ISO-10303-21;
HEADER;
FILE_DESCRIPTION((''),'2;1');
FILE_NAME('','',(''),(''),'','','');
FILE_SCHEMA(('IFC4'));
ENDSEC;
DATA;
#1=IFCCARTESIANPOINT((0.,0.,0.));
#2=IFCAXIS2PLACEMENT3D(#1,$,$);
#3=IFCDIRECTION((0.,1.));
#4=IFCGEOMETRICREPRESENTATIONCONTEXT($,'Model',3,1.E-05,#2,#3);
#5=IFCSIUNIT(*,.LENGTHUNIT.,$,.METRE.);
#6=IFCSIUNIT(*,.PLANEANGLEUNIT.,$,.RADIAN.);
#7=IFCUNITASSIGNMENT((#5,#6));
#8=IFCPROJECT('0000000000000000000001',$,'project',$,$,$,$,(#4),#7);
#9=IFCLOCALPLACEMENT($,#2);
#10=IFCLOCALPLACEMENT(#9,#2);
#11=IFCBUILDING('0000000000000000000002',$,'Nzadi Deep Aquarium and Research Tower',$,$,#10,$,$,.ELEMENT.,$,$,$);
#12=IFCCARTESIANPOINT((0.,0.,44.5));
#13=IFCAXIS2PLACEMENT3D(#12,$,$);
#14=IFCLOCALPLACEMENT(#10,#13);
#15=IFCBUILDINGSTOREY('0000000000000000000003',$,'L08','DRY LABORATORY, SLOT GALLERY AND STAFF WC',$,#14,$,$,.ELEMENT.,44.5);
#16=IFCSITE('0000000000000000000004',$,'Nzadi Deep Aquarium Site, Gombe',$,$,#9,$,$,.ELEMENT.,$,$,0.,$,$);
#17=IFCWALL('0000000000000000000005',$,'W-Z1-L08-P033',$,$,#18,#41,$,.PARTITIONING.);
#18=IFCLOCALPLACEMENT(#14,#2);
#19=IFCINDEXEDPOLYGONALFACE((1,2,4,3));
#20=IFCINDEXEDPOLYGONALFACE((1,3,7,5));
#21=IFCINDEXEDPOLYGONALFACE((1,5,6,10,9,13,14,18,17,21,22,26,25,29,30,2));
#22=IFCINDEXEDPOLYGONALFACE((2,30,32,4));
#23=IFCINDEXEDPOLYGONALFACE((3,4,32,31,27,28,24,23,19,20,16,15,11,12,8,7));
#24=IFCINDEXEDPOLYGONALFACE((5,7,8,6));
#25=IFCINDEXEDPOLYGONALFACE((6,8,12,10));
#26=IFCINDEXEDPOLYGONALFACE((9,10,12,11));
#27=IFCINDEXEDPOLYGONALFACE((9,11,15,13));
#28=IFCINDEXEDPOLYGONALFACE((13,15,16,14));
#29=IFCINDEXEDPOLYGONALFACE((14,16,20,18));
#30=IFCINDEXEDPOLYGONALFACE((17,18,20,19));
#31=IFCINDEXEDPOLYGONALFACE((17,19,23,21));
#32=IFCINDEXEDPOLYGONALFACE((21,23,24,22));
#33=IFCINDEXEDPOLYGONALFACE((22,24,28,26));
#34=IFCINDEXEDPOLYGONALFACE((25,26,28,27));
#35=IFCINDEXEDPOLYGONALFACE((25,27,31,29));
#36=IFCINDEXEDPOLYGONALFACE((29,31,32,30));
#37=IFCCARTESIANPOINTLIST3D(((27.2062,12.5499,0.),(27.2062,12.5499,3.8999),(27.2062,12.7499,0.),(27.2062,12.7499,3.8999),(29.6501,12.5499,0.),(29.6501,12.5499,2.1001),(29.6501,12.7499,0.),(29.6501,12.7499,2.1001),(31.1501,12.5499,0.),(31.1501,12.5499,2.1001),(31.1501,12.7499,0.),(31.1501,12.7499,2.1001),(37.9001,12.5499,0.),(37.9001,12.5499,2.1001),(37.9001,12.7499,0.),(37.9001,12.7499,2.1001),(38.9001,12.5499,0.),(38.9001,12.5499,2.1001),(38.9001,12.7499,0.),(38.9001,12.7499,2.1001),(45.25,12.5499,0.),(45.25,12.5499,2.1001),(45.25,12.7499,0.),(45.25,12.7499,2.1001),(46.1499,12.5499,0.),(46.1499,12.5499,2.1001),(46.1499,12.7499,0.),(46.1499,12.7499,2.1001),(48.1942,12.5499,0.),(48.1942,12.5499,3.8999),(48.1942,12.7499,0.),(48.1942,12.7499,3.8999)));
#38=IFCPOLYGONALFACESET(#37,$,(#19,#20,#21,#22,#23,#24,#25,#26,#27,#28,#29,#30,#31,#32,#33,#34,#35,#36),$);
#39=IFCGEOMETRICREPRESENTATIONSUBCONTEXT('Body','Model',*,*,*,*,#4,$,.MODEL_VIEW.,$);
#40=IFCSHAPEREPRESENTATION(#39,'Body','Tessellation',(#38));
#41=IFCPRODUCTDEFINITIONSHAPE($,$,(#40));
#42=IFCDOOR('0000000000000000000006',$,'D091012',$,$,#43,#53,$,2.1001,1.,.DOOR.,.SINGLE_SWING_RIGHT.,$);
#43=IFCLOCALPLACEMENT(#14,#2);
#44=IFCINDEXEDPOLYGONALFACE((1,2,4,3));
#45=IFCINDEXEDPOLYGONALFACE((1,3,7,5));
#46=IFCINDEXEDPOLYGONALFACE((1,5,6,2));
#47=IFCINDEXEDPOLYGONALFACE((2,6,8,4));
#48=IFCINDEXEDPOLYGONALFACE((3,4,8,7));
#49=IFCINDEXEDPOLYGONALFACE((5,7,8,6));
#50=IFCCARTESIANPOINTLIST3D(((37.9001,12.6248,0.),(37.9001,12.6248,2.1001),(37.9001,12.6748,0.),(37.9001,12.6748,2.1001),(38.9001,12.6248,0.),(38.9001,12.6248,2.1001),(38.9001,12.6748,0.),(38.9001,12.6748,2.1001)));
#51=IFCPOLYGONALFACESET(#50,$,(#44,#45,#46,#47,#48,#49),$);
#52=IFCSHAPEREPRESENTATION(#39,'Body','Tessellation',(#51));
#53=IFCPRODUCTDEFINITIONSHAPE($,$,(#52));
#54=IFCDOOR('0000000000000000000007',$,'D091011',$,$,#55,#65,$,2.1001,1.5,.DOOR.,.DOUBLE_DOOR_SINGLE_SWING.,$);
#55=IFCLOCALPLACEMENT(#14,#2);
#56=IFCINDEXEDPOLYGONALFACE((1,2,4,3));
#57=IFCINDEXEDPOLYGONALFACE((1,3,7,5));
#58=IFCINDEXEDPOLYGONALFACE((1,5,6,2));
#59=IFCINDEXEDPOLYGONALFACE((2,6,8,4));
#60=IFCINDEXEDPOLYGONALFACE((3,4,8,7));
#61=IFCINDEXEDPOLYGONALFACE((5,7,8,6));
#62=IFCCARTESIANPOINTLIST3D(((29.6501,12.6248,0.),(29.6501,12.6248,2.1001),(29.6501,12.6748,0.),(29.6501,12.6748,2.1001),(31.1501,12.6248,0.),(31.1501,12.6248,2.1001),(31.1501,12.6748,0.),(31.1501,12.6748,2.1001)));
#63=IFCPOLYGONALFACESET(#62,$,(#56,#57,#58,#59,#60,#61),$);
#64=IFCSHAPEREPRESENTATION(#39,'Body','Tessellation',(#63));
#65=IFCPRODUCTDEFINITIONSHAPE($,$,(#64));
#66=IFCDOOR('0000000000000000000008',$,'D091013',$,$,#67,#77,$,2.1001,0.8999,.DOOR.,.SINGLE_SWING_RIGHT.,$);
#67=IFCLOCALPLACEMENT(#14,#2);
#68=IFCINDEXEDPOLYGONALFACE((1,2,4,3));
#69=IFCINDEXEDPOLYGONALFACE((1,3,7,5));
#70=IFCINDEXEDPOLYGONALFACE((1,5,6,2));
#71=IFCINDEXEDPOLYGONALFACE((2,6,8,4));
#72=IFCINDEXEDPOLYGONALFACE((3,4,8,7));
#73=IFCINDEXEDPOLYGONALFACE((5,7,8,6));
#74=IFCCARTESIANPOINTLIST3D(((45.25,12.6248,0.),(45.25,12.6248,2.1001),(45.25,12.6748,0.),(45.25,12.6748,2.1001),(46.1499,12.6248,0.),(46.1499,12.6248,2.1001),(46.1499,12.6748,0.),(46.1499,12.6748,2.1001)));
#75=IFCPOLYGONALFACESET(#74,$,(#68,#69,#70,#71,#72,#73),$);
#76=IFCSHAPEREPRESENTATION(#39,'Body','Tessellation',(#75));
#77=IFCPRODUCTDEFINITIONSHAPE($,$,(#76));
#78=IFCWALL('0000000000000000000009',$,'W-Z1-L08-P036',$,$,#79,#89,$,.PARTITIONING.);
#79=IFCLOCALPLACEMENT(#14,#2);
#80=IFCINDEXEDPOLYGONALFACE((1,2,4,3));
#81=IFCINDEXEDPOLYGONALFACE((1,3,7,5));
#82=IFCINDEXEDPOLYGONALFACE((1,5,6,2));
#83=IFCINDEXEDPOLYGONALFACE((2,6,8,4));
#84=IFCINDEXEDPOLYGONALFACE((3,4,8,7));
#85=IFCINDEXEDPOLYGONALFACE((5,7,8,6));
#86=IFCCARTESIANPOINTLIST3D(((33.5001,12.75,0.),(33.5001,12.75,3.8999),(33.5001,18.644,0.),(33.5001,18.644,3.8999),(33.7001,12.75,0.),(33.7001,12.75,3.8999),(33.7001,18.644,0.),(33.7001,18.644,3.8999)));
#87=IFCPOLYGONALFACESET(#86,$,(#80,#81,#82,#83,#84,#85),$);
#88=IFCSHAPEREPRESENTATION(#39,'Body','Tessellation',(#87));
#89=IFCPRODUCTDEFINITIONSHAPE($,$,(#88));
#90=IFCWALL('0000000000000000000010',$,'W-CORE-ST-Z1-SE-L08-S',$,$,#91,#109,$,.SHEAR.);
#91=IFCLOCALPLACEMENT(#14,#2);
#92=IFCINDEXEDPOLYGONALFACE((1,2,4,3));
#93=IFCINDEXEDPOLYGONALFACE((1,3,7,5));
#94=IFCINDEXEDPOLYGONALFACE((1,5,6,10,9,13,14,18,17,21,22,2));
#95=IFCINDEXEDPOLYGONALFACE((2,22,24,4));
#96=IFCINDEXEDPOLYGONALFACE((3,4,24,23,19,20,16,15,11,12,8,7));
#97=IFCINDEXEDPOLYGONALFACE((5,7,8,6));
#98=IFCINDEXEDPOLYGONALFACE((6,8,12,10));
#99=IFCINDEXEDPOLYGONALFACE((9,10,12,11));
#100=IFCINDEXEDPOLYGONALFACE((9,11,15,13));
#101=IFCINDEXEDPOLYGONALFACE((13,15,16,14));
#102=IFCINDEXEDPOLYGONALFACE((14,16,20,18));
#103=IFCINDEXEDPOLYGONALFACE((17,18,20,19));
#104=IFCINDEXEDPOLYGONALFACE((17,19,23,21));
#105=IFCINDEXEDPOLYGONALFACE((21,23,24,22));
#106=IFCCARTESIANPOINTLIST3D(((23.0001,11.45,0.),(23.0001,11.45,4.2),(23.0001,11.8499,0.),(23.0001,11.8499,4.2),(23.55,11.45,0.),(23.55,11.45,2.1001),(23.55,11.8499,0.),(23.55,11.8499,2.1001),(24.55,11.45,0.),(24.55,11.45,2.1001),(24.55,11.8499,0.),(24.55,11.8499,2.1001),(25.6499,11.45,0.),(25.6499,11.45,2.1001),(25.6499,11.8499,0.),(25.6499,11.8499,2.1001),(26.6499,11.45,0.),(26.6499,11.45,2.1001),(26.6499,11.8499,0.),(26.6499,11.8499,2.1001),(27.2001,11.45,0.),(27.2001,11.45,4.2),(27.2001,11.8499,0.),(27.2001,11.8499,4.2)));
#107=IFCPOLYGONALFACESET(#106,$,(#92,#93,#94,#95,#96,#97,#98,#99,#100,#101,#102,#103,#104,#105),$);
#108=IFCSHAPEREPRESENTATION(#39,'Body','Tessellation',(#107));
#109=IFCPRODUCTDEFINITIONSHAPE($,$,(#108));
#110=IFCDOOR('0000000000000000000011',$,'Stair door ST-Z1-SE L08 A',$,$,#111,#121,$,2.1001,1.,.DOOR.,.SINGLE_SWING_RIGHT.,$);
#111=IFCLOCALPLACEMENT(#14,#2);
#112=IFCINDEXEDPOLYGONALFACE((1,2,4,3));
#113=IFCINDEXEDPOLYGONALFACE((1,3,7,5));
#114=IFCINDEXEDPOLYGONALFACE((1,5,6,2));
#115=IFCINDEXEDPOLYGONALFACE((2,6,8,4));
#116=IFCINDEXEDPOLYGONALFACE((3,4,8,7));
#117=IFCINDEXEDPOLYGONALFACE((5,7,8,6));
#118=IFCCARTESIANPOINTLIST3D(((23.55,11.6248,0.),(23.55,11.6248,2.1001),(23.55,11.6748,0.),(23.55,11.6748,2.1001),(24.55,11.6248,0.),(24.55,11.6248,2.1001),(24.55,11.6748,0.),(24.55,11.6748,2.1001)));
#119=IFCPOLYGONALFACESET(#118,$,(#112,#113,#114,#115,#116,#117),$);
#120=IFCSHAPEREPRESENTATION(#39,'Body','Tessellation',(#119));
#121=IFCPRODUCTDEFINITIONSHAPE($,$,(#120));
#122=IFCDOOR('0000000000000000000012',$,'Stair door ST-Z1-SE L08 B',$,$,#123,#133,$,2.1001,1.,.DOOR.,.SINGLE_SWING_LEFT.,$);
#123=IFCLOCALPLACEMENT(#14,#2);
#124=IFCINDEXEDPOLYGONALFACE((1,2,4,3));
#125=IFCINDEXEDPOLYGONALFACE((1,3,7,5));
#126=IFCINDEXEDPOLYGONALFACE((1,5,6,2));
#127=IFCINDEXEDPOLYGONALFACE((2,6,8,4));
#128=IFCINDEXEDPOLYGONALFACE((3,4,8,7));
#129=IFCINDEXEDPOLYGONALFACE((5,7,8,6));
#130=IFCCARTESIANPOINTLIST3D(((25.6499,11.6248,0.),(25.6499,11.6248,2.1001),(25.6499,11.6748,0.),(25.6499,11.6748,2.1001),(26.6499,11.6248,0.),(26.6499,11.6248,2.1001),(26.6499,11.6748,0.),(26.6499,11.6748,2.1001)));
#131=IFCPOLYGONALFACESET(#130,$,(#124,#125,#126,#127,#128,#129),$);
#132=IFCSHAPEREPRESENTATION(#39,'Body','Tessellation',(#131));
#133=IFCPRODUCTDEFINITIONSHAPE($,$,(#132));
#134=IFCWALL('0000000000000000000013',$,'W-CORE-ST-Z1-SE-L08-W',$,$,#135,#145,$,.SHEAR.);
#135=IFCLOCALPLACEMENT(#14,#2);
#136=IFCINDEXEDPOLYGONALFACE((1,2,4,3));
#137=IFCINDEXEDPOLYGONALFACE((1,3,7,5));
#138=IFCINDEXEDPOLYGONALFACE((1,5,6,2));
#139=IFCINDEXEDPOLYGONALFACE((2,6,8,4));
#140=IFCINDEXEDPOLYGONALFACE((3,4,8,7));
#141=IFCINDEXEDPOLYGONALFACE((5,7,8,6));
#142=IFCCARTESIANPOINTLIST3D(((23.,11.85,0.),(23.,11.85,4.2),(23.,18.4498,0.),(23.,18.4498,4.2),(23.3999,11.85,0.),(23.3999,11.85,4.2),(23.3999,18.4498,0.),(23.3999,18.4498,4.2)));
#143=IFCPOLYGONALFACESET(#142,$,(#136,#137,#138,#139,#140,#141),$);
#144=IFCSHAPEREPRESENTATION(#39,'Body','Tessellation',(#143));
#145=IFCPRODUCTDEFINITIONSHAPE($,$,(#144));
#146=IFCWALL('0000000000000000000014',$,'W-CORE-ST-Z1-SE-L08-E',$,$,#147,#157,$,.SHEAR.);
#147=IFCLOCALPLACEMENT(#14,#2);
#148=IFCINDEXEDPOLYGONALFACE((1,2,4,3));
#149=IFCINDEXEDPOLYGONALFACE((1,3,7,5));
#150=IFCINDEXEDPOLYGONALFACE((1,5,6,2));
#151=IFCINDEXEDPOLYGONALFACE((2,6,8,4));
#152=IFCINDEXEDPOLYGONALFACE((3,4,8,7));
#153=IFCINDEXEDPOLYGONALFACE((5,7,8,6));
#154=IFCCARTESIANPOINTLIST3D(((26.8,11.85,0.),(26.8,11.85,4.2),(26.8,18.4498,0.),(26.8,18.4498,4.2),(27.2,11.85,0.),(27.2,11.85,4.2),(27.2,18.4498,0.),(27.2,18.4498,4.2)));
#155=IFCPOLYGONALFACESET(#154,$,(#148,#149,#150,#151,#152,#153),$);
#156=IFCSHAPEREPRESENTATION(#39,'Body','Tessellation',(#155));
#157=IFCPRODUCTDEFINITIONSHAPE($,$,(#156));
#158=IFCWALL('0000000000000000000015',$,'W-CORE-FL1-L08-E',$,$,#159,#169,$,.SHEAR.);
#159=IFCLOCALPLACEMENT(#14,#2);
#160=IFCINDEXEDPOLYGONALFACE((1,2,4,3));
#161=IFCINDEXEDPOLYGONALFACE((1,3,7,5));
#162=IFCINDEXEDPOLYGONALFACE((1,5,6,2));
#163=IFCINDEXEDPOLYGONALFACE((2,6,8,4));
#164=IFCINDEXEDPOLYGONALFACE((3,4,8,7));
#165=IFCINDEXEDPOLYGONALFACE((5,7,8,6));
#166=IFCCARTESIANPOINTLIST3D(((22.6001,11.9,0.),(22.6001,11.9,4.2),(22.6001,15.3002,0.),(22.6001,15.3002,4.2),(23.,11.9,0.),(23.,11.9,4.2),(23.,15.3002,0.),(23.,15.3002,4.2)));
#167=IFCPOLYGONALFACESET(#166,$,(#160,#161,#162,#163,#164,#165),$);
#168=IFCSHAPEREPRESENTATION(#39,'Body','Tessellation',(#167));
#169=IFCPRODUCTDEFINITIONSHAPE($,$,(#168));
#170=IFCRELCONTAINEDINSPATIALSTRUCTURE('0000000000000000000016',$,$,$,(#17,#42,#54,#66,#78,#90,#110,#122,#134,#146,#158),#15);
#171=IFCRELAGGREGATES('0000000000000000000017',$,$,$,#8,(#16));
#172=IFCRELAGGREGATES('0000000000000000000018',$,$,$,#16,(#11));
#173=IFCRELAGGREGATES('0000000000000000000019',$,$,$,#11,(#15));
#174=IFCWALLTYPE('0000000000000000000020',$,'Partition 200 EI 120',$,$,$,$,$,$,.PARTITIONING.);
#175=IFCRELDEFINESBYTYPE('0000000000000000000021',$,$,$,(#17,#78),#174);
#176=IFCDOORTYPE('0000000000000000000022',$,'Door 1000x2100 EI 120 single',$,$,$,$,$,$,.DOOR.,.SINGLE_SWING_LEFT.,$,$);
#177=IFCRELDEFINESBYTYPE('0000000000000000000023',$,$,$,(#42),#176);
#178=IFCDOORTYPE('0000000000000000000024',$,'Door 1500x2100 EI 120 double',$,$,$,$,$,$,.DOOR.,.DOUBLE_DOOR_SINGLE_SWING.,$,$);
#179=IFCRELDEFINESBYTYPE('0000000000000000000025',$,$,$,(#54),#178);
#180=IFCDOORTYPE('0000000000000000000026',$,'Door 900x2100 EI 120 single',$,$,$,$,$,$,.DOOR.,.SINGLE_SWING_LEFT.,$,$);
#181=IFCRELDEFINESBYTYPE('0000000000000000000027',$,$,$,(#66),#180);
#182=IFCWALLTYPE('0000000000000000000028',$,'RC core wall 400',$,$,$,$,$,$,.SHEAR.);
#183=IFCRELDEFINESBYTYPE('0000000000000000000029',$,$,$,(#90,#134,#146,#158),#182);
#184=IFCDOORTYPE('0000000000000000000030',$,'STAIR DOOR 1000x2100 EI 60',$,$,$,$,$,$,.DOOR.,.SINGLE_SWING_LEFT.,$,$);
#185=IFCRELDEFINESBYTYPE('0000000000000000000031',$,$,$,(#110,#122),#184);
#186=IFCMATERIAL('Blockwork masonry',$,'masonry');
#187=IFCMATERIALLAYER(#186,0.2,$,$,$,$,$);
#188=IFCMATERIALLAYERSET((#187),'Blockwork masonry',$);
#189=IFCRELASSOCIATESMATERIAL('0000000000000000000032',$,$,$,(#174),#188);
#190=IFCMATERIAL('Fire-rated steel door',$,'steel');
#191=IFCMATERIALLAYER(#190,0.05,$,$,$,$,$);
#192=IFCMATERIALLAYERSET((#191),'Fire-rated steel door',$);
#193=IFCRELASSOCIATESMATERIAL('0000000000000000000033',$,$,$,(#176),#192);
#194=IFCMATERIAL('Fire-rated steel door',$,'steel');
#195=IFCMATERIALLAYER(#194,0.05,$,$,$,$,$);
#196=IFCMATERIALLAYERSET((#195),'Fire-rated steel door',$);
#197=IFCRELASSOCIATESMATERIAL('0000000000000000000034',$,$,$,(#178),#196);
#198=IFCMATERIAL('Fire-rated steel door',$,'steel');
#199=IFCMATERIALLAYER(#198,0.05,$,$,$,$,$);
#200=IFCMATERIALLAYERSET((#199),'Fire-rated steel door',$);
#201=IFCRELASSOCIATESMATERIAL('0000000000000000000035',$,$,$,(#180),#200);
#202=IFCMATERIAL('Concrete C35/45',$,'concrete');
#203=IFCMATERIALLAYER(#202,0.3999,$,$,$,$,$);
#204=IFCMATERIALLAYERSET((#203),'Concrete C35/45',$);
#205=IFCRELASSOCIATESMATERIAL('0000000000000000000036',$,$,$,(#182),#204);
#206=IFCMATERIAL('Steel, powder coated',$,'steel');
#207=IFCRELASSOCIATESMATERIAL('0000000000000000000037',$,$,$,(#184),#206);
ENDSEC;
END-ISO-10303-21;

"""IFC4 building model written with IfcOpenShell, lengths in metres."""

from ifc_helpers import new_model, si_unit, direction, frame, frame_2d, origin, place, context, subcontext, project, spatial, rectangle, extrude, material, layer, layer_set, type_object, element, fill, save


model = new_model("IFC4")

# Units and contexts
model_context = context("Model", 3, precision=1e-05, world=origin(), true_north=direction((0.0, 1.0)))
body_context = subcontext(model_context, "Body", "Model", "MODEL_VIEW")
ifc_project = project(units=[si_unit("LENGTHUNIT", "METRE"), si_unit("PLANEANGLEUNIT", "RADIAN")], contexts=[model_context])

# Site, building, storey
site_placement = place(None, origin())
site = spatial("IfcSite", under=ifc_project, at=site_placement, Name="Nzadi Deep Aquarium Site, Gombe", CompositionType="ELEMENT", RefElevation=0.0)
building_placement = place(site_placement, origin())
building = spatial("IfcBuilding", under=site, at=building_placement, Name="Nzadi Deep Aquarium and Research Tower", CompositionType="ELEMENT")
storey_placement = place(building_placement, frame((0.0, 0.0, 44.5)))
storey = spatial("IfcBuildingStorey", under=building, at=storey_placement, Name="L08", Description="DRY LABORATORY, SLOT GALLERY AND STAFF WC", CompositionType="ELEMENT", Elevation=44.5)

# Wall, openings, doors
ifc_material_1 = material(Name="Blockwork masonry", Category="masonry")
ifc_layer_1 = layer(ifc_material_1, 0.2)
ifc_layer_set_1 = layer_set([ifc_layer_1], Name="Blockwork masonry")
wall_type_1 = type_object("IfcWallType", Name="Partition 200 EI 120", PredefinedType="PARTITIONING", material=ifc_layer_set_1)
wall_1_placement = place(storey_placement, frame((27.2061, 12.6499, 0.0), z_axis=(0.0, 0.0, 1.0), x_axis=(1.0, 0.0, 0.0)))
wall_1 = element("IfcWall", 1, at=wall_1_placement, inside=storey, type_object=wall_type_1, Name="W-Z1-L08-P033", PredefinedType="PARTITIONING", context=body_context, shape_type="SweptSolid", body=[
    extrude(rectangle(XDim=20.988, YDim=0.2, at=frame_2d((10.4941, 0.0))), origin(), (0.0, 0.0, 1.0), 3.8999),
])
opening_1_placement = place(wall_1_placement, frame((2.4441, 0.0, 0.0)))
opening_1 = element("IfcOpeningElement", 2, at=opening_1_placement, cuts=wall_1, PredefinedType="OPENING", context=body_context, shape_type="SweptSolid", body=[
    extrude(rectangle(XDim=1.5, YDim=2.1001, at=frame_2d((0.75, 1.05))), frame((0.0, 0.1101, 0.0), z_axis=(0.0, -1.0, 0.0), x_axis=(1.0, 0.0, 0.0)), (0.0, 0.0, 1.0), 0.2202),
])
opening_2_placement = place(wall_1_placement, frame((10.6941, 0.0, 0.0)))
opening_2 = element("IfcOpeningElement", 3, at=opening_2_placement, cuts=wall_1, PredefinedType="OPENING", context=body_context, shape_type="SweptSolid", body=[
    extrude(rectangle(XDim=1.0, YDim=2.1001, at=frame_2d((0.5, 1.05))), frame((0.0, 0.1101, 0.0), z_axis=(0.0, -1.0, 0.0), x_axis=(1.0, 0.0, 0.0)), (0.0, 0.0, 1.0), 0.2202),
])
opening_3_placement = place(wall_1_placement, frame((18.0439, 0.0, 0.0)))
opening_3 = element("IfcOpeningElement", 4, at=opening_3_placement, cuts=wall_1, PredefinedType="OPENING", context=body_context, shape_type="SweptSolid", body=[
    extrude(rectangle(XDim=0.8999, YDim=2.1001, at=frame_2d((0.45, 1.05))), frame((0.0, 0.1101, 0.0), z_axis=(0.0, -1.0, 0.0), x_axis=(1.0, 0.0, 0.0)), (0.0, 0.0, 1.0), 0.2202),
])
ifc_material_2 = material(Name="Fire-rated steel door", Category="steel")
ifc_layer_2 = layer(ifc_material_2, 0.05)
ifc_layer_set_2 = layer_set([ifc_layer_2], Name="Fire-rated steel door")
door_type_1 = type_object("IfcDoorType", Name="Door 1000x2100 EI 120 single", OperationType="SINGLE_SWING_LEFT", PredefinedType="DOOR", material=ifc_layer_set_2)
door_1_placement = place(opening_2_placement, origin())
door_1 = element("IfcDoor", 5, at=door_1_placement, inside=storey, type_object=door_type_1, Name="D091012", OperationType="SINGLE_SWING_RIGHT", OverallHeight=2.1001, OverallWidth=1.0, PredefinedType="DOOR", context=body_context, shape_type="SweptSolid", body=[
    extrude(rectangle(XDim=1.0, YDim=2.1001, at=frame_2d((0.5, 1.05))), frame((0.0, 0.0249, 0.0), z_axis=(0.0, -1.0, 0.0), x_axis=(1.0, 0.0, 0.0)), (0.0, 0.0, 1.0), 0.05),
])
fill(opening_2, door_1)
ifc_material_3 = material(Name="Fire-rated steel door", Category="steel")
ifc_layer_3 = layer(ifc_material_3, 0.05)
ifc_layer_set_3 = layer_set([ifc_layer_3], Name="Fire-rated steel door")
door_type_2 = type_object("IfcDoorType", Name="Door 1500x2100 EI 120 double", OperationType="DOUBLE_DOOR_SINGLE_SWING", PredefinedType="DOOR", material=ifc_layer_set_3)
door_2_placement = place(opening_1_placement, origin())
door_2 = element("IfcDoor", 6, at=door_2_placement, inside=storey, type_object=door_type_2, Name="D091011", OperationType="DOUBLE_DOOR_SINGLE_SWING", OverallHeight=2.1001, OverallWidth=1.5, PredefinedType="DOOR", context=body_context, shape_type="SweptSolid", body=[
    extrude(rectangle(XDim=1.5, YDim=2.1001, at=frame_2d((0.75, 1.05))), frame((0.0, 0.0249, 0.0), z_axis=(0.0, -1.0, 0.0), x_axis=(1.0, 0.0, 0.0)), (0.0, 0.0, 1.0), 0.05),
])
fill(opening_1, door_2)
ifc_material_4 = material(Name="Fire-rated steel door", Category="steel")
ifc_layer_4 = layer(ifc_material_4, 0.05)
ifc_layer_set_4 = layer_set([ifc_layer_4], Name="Fire-rated steel door")
door_type_3 = type_object("IfcDoorType", Name="Door 900x2100 EI 120 single", OperationType="SINGLE_SWING_LEFT", PredefinedType="DOOR", material=ifc_layer_set_4)
door_3_placement = place(opening_3_placement, origin())
door_3 = element("IfcDoor", 7, at=door_3_placement, inside=storey, type_object=door_type_3, Name="D091013", OperationType="SINGLE_SWING_RIGHT", OverallHeight=2.1001, OverallWidth=0.8999, PredefinedType="DOOR", context=body_context, shape_type="SweptSolid", body=[
    extrude(rectangle(XDim=0.8999, YDim=2.1001, at=frame_2d((0.45, 1.05))), frame((0.0, 0.0249, 0.0), z_axis=(0.0, -1.0, 0.0), x_axis=(1.0, 0.0, 0.0)), (0.0, 0.0, 1.0), 0.05),
])
fill(opening_3, door_3)

# Wall
wall_2_placement = place(storey_placement, frame((33.6001, 12.75, 0.0), z_axis=(0.0, 0.0, 1.0), x_axis=(0.0, 1.0, 0.0)))
element("IfcWall", 8, at=wall_2_placement, inside=storey, type_object=wall_type_1, Name="W-Z1-L08-P036", PredefinedType="PARTITIONING", context=body_context, shape_type="SweptSolid", body=[
    extrude(rectangle(XDim=5.894, YDim=0.2, at=frame_2d((2.947, 0.0))), origin(), (0.0, 0.0, 1.0), 3.8999),
])

# Wall, openings, doors
ifc_material_5 = material(Name="Concrete C35/45", Category="concrete")
ifc_layer_5 = layer(ifc_material_5, 0.3999)
ifc_layer_set_5 = layer_set([ifc_layer_5], Name="Concrete C35/45")
wall_type_2 = type_object("IfcWallType", Name="RC core wall 400", PredefinedType="SHEAR", material=ifc_layer_set_5)
wall_3_placement = place(storey_placement, frame((23.0, 11.6499, 0.0), z_axis=(0.0, 0.0, 1.0), x_axis=(1.0, 0.0, 0.0)))
wall_3 = element("IfcWall", 9, at=wall_3_placement, inside=storey, type_object=wall_type_2, Name="W-CORE-ST-Z1-SE-L08-S", PredefinedType="SHEAR", context=body_context, shape_type="SweptSolid", body=[
    extrude(rectangle(XDim=4.2, YDim=0.3999, at=frame_2d((2.1001, 0.0))), origin(), (0.0, 0.0, 1.0), 4.2),
])
opening_4_placement = place(wall_3_placement, frame((0.55, 0.0, 0.0)))
opening_4 = element("IfcOpeningElement", 10, at=opening_4_placement, cuts=wall_3, PredefinedType="OPENING", context=body_context, shape_type="SweptSolid", body=[
    extrude(rectangle(XDim=1.0, YDim=2.1001, at=frame_2d((0.5, 1.05))), frame((0.0, 0.21, 0.0), z_axis=(0.0, -1.0, 0.0), x_axis=(1.0, 0.0, 0.0)), (0.0, 0.0, 1.0), 0.4199),
])
opening_5_placement = place(wall_3_placement, frame((2.6499, 0.0, 0.0)))
opening_5 = element("IfcOpeningElement", 11, at=opening_5_placement, cuts=wall_3, PredefinedType="OPENING", context=body_context, shape_type="SweptSolid", body=[
    extrude(rectangle(XDim=1.0, YDim=2.1001, at=frame_2d((0.5, 1.05))), frame((0.0, 0.21, 0.0), z_axis=(0.0, -1.0, 0.0), x_axis=(1.0, 0.0, 0.0)), (0.0, 0.0, 1.0), 0.4199),
])
ifc_material_6 = material(Name="Steel, powder coated", Category="steel")
door_type_4 = type_object("IfcDoorType", Name="STAIR DOOR 1000x2100 EI 60", OperationType="SINGLE_SWING_LEFT", PredefinedType="DOOR", material=ifc_material_6)
door_4_placement = place(opening_4_placement, origin())
door_4 = element("IfcDoor", 12, at=door_4_placement, inside=storey, type_object=door_type_4, Name="Stair door ST-Z1-SE L08 A", OperationType="SINGLE_SWING_RIGHT", OverallHeight=2.1001, OverallWidth=1.0, PredefinedType="DOOR", context=body_context, shape_type="SweptSolid", body=[
    extrude(rectangle(XDim=1.0, YDim=2.1001, at=frame_2d((0.5, 1.05))), frame((0.0, 0.0249, 0.0), z_axis=(0.0, -1.0, 0.0), x_axis=(1.0, 0.0, 0.0)), (0.0, 0.0, 1.0), 0.05),
])
fill(opening_4, door_4)
door_5_placement = place(opening_5_placement, origin())
door_5 = element("IfcDoor", 13, at=door_5_placement, inside=storey, type_object=door_type_4, Name="Stair door ST-Z1-SE L08 B", OperationType="SINGLE_SWING_LEFT", OverallHeight=2.1001, OverallWidth=1.0, PredefinedType="DOOR", context=body_context, shape_type="SweptSolid", body=[
    extrude(rectangle(XDim=1.0, YDim=2.1001, at=frame_2d((0.5, 1.05))), frame((0.0, 0.0249, 0.0), z_axis=(0.0, -1.0, 0.0), x_axis=(1.0, 0.0, 0.0)), (0.0, 0.0, 1.0), 0.05),
])
fill(opening_5, door_5)

# Walls
for number, where, z_axis, x_axis, name in (
    (14, (23.2, 11.8501, 0.0), (0.0, 0.0, 1.0), (0.0, 1.0, 0.0), "W-CORE-ST-Z1-SE-L08-W"),
    (15, (27.0, 11.8501, 0.0), (0.0, 0.0, 1.0), (0.0, 1.0, 0.0), "W-CORE-ST-Z1-SE-L08-E"),
):
    element("IfcWall", number, at=place(storey_placement, frame(where, z_axis=z_axis, x_axis=x_axis)), inside=storey, type_object=wall_type_2, Name=name, PredefinedType="SHEAR", context=body_context, shape_type="SweptSolid", body=[
        extrude(rectangle(XDim=6.5999, YDim=0.3999, at=frame_2d((3.2998, 0.0))), origin(), (0.0, 0.0, 1.0), 4.2),
    ])
wall_4_placement = place(storey_placement, frame((22.8, 11.8999, 0.0), z_axis=(0.0, 0.0, 1.0), x_axis=(0.0, 1.0, 0.0)))
element("IfcWall", 16, at=wall_4_placement, inside=storey, type_object=wall_type_2, Name="W-CORE-FL1-L08-E", PredefinedType="SHEAR", context=body_context, shape_type="SweptSolid", body=[
    extrude(rectangle(XDim=3.4001, YDim=0.3999, at=frame_2d((1.7002, 0.0))), origin(), (0.0, 0.0, 1.0), 4.2),
])

save(model, "model.ifc")
